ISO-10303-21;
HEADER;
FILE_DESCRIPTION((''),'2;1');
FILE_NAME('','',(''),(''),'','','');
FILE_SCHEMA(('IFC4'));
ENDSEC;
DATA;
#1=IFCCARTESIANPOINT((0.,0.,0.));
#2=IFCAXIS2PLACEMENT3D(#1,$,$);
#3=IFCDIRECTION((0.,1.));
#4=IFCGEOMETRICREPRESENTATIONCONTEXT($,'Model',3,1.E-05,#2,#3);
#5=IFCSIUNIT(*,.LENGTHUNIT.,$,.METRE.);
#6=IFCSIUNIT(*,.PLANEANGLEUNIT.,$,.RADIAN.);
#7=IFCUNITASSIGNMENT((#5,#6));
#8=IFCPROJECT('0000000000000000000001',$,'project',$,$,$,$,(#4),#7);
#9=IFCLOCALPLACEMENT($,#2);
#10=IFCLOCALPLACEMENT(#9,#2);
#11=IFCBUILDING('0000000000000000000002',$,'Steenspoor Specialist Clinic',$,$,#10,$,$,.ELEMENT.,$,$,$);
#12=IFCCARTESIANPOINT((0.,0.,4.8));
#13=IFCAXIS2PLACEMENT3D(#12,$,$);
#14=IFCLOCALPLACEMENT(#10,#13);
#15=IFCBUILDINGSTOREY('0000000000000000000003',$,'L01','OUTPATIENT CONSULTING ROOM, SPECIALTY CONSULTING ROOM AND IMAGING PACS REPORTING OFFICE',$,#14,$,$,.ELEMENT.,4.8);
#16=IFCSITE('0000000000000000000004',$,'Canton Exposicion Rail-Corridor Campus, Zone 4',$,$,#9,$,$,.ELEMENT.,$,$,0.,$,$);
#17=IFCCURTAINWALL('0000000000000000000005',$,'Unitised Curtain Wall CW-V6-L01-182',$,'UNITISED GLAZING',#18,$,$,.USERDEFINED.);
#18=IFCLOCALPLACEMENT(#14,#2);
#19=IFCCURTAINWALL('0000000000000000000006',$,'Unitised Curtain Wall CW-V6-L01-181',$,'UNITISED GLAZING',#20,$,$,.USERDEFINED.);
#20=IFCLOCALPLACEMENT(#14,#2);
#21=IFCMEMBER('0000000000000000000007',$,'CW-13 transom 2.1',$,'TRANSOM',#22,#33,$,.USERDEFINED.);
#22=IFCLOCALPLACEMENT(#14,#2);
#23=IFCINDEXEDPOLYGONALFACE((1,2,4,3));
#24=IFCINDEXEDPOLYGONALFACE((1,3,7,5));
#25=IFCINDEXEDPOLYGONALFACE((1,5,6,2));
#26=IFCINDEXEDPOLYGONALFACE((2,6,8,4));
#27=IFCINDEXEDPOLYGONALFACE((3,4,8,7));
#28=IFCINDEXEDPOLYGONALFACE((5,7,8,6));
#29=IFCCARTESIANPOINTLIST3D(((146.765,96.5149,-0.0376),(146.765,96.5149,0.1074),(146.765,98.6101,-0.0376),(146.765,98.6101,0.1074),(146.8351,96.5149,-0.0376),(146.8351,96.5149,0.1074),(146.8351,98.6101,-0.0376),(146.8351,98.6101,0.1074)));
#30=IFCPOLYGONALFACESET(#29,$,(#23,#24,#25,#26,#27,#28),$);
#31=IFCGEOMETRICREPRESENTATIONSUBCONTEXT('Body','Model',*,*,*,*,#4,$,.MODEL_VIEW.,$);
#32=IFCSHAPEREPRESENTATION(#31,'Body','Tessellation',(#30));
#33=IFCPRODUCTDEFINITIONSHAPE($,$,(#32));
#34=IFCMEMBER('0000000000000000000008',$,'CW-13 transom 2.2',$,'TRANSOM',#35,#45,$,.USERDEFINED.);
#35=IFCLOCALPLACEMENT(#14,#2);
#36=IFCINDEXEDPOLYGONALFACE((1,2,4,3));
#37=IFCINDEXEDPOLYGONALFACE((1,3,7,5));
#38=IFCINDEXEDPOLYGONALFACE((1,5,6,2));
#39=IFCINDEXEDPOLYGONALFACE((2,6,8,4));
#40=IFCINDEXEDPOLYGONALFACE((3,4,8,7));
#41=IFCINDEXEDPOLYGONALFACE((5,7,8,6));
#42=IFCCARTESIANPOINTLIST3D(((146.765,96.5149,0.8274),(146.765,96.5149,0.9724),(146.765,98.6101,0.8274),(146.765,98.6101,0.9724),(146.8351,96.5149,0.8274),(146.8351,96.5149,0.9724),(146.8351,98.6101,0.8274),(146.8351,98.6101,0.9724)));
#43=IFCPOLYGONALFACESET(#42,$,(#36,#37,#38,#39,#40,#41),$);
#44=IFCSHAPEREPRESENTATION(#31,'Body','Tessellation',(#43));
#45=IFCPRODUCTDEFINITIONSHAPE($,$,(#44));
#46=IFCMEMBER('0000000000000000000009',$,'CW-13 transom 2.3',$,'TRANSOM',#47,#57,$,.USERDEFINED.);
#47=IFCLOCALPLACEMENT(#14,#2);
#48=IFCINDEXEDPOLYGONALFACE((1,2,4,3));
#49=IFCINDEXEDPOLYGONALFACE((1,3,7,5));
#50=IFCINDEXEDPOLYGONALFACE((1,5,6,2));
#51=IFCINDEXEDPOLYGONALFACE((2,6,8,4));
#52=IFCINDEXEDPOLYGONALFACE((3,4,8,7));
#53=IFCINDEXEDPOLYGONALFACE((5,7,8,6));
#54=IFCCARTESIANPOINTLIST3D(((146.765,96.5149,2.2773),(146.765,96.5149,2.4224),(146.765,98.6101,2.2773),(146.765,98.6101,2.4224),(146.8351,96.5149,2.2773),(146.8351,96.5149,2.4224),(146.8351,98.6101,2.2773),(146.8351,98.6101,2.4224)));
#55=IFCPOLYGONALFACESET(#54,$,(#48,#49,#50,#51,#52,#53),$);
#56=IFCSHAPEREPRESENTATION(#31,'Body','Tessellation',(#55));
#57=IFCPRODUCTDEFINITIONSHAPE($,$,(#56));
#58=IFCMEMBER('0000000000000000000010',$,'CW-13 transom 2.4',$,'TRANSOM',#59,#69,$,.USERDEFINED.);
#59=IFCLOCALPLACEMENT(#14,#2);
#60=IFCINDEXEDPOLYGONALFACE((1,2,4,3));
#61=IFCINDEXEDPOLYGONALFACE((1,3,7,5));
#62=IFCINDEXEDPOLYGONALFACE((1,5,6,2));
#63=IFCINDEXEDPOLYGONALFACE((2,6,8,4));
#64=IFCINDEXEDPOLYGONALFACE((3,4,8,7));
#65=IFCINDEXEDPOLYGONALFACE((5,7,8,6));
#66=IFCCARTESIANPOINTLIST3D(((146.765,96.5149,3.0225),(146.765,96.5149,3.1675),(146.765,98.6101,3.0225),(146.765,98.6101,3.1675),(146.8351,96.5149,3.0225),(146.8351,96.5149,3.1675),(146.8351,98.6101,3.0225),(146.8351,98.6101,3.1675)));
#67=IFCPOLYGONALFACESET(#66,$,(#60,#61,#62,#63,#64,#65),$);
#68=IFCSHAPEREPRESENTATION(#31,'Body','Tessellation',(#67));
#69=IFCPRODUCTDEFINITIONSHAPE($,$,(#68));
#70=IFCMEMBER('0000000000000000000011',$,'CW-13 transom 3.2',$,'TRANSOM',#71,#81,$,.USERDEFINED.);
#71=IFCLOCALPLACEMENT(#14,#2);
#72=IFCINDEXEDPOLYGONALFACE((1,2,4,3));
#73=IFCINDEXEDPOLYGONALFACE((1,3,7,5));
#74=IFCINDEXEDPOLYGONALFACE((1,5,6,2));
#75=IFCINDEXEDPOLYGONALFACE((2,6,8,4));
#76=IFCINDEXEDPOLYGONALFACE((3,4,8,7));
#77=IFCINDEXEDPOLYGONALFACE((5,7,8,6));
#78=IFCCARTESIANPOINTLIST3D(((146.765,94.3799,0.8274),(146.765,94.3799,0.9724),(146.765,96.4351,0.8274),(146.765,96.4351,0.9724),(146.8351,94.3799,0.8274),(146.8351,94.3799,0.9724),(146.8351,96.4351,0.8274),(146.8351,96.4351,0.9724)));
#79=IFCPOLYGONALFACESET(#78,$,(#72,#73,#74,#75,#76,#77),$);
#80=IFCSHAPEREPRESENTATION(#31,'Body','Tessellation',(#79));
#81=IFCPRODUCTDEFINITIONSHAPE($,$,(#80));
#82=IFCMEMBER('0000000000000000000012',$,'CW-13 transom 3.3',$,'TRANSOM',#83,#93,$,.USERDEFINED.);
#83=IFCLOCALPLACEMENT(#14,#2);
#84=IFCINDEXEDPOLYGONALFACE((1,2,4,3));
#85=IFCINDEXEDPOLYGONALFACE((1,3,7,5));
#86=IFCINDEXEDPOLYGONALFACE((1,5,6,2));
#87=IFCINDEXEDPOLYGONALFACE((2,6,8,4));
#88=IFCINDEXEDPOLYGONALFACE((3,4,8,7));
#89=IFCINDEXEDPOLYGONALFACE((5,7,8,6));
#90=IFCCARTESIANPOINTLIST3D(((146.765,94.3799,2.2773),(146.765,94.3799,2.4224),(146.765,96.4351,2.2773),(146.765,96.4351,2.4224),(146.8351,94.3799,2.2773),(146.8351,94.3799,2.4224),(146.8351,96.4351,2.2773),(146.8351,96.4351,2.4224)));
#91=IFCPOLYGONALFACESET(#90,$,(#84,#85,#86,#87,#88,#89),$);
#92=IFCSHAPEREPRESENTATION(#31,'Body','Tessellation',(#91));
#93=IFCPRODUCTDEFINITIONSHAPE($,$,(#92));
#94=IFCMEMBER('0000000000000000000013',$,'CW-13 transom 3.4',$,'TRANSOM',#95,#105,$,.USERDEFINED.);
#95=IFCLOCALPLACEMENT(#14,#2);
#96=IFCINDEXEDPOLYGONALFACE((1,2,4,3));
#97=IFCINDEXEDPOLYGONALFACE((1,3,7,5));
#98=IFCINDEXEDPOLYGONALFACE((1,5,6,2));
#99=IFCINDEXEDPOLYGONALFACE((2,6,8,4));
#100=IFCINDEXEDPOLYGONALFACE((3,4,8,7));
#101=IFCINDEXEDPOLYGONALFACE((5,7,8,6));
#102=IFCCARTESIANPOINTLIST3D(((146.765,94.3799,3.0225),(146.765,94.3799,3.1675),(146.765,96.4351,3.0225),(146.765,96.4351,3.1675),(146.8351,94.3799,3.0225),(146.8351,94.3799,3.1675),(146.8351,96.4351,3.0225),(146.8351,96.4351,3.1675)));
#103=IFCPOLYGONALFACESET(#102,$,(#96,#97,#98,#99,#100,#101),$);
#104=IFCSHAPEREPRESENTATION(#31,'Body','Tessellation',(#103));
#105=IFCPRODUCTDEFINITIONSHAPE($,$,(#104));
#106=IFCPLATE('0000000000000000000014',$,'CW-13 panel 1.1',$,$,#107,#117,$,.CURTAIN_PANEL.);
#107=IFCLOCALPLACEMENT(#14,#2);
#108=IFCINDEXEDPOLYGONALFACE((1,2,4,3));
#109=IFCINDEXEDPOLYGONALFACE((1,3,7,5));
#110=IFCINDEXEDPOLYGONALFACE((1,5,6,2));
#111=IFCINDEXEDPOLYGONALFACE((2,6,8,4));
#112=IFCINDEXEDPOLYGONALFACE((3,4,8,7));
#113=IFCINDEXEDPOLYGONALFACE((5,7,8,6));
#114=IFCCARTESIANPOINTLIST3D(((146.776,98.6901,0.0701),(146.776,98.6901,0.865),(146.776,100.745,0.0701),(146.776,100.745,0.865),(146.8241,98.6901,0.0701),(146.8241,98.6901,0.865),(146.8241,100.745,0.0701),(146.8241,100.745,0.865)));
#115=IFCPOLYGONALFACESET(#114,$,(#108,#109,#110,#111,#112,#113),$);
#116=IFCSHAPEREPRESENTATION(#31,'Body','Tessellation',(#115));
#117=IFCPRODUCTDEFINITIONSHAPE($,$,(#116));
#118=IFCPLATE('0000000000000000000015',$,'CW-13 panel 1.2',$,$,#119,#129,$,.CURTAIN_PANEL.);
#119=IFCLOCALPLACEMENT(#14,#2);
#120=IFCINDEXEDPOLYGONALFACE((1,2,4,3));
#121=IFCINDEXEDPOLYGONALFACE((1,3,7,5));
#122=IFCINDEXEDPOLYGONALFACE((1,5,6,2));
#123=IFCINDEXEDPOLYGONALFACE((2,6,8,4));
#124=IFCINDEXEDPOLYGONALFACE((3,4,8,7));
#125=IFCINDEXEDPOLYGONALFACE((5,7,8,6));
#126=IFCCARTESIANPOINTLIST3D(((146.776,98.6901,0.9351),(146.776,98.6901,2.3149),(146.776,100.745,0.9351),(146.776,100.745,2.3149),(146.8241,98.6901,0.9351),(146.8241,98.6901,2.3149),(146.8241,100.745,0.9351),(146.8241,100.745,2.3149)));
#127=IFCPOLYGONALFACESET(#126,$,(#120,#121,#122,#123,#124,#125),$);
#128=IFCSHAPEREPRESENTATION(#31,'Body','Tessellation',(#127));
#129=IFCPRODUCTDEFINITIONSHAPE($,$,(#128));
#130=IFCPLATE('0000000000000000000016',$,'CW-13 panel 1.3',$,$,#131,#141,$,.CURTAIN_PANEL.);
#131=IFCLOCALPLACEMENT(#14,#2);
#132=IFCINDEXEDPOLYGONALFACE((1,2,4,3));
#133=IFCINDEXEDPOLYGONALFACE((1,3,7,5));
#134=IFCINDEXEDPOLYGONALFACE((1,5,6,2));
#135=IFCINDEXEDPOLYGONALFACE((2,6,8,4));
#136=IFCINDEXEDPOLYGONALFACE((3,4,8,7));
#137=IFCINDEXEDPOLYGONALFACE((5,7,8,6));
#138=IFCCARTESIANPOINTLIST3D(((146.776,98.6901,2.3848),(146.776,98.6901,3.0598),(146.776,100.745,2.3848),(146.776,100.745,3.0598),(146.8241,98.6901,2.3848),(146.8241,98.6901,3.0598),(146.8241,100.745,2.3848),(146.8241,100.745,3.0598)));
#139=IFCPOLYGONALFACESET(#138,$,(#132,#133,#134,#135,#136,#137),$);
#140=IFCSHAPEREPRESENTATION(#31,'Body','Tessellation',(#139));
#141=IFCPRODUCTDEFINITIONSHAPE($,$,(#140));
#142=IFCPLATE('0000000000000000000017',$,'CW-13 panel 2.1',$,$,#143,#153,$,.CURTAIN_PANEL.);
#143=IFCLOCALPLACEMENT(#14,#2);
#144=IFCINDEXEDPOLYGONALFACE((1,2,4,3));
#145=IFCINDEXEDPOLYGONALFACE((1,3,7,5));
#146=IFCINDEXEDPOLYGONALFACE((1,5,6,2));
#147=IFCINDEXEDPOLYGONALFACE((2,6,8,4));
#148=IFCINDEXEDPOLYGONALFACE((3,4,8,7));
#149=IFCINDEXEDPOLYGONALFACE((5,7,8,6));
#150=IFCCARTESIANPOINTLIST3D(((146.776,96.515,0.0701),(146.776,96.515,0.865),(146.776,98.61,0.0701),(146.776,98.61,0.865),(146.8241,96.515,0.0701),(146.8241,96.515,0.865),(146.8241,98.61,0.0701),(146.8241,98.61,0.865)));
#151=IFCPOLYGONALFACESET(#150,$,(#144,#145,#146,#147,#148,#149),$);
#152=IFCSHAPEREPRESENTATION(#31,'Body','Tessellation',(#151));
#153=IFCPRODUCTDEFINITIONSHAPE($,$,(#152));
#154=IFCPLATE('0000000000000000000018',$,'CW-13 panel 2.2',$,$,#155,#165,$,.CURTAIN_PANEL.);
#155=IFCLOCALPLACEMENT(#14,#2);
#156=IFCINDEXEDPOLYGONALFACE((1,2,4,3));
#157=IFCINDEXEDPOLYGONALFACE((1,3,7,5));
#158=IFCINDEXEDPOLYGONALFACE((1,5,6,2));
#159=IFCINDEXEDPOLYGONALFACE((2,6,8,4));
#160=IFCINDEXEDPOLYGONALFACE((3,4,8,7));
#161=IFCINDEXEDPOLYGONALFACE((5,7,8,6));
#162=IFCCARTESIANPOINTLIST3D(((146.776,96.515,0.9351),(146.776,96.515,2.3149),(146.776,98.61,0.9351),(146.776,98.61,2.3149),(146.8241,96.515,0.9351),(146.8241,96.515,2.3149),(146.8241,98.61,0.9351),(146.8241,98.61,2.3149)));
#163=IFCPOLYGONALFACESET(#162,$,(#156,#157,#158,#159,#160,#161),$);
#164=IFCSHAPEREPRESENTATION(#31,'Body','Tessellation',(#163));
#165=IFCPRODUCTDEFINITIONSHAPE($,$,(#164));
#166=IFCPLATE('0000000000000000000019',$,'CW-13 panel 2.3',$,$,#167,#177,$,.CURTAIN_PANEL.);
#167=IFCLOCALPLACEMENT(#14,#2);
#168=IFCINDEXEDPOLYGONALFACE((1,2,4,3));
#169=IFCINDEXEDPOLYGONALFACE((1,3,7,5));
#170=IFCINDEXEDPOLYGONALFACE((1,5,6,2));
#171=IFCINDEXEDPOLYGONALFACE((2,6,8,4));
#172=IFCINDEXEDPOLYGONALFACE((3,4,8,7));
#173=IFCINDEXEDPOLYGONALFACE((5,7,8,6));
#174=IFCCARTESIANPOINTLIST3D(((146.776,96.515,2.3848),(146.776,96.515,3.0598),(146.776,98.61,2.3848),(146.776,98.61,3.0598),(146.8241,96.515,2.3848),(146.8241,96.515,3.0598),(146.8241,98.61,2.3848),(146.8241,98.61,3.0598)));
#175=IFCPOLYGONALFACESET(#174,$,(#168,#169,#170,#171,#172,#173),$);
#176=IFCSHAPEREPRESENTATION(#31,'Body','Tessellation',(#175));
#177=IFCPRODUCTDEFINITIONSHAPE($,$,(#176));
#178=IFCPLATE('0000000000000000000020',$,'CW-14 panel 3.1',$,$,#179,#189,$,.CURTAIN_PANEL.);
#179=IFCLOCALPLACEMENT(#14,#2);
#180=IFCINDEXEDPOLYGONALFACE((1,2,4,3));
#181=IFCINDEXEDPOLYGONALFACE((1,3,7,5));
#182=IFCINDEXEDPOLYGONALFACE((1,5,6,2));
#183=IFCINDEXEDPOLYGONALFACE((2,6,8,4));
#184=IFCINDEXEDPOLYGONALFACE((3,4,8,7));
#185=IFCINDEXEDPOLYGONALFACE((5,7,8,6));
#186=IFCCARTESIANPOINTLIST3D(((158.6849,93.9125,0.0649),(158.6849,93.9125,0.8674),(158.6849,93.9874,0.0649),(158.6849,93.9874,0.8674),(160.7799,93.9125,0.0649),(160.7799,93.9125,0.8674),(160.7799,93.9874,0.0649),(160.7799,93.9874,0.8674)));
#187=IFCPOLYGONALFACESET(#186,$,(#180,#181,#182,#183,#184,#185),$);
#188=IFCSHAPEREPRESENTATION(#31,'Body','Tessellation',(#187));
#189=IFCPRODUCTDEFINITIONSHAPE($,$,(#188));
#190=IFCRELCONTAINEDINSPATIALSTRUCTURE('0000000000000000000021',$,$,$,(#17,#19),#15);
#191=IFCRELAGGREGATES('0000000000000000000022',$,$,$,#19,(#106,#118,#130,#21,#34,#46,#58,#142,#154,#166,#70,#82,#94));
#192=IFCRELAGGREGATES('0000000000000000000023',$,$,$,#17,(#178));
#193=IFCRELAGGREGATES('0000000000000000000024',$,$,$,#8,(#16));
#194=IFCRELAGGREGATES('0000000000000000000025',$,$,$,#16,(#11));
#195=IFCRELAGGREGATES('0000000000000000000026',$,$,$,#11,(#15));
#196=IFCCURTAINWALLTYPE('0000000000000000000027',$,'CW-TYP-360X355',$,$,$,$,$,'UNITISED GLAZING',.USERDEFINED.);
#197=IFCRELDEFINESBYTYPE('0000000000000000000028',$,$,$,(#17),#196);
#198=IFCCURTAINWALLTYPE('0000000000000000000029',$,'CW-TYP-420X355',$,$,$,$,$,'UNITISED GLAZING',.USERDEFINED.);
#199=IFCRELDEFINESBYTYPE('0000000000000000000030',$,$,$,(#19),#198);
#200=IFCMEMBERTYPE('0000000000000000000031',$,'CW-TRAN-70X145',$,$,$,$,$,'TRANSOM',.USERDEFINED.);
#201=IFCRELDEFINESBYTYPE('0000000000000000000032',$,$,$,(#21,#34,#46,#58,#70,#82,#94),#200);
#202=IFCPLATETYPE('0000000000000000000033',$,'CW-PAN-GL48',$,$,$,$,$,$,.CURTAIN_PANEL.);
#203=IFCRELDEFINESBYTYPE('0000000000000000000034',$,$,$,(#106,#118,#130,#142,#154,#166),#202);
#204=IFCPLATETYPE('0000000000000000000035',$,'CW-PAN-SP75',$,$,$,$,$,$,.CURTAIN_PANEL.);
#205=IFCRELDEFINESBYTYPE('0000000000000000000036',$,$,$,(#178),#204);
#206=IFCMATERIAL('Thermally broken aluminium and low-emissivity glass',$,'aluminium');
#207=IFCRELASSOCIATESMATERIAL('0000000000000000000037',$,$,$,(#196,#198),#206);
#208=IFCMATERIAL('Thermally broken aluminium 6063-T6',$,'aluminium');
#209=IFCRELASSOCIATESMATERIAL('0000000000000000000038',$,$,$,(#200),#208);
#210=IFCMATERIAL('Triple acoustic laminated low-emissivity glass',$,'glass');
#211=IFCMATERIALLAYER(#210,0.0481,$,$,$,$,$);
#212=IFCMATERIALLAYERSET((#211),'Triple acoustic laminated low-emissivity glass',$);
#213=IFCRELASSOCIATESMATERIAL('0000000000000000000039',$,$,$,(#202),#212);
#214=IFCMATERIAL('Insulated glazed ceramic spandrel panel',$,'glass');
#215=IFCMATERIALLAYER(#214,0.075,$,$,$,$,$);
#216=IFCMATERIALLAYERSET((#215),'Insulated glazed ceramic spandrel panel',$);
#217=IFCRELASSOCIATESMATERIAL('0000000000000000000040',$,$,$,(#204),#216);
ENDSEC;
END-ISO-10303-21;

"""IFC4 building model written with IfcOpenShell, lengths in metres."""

from ifc_helpers import new_model, si_unit, direction, frame, origin, origin_2d, place, context, subcontext, project, spatial, rectangle, extrude, material, layer, layer_set, material_profile, profile_set, type_object, element, aggregate, save


model = new_model("IFC4")

# Units and contexts
model_context = context("Model", 3, precision=1e-05, world=origin(), true_north=direction((0.0, 1.0)))
body_context = subcontext(model_context, "Body", "Model", "MODEL_VIEW")
ifc_project = project(units=[si_unit("LENGTHUNIT", "METRE"), si_unit("PLANEANGLEUNIT", "RADIAN")], contexts=[model_context])

# Site, building, storey
site_placement = place(None, origin())
site = spatial("IfcSite", under=ifc_project, at=site_placement, Name="Canton Exposicion Rail-Corridor Campus, Zone 4", CompositionType="ELEMENT", RefElevation=0.0)
building_placement = place(site_placement, origin())
building = spatial("IfcBuilding", under=site, at=building_placement, Name="Steenspoor Specialist Clinic", CompositionType="ELEMENT")
storey_placement = place(building_placement, frame((0.0, 0.0, 4.8)))
storey = spatial("IfcBuildingStorey", under=building, at=storey_placement, Name="L01", Description="OUTPATIENT CONSULTING ROOM, SPECIALTY CONSULTING ROOM AND IMAGING PACS REPORTING OFFICE", CompositionType="ELEMENT", Elevation=4.8)

# Curtain wall
ifc_material_1 = material(Name="Thermally broken aluminium and low-emissivity glass", Category="aluminium")
curtain_wall_type_1 = type_object("IfcCurtainWallType", Name="CW-TYP-360X355", ElementType="UNITISED GLAZING", PredefinedType="USERDEFINED", material=ifc_material_1)
curtain_wall_1_placement = place(storey_placement, origin())
curtain_wall_1 = element("IfcCurtainWall", 1, at=curtain_wall_1_placement, inside=storey, type_object=curtain_wall_type_1, Name="Unitised Curtain Wall CW-V6-L01-182", ObjectType="UNITISED GLAZING", PredefinedType="USERDEFINED")
ifc_material_2 = material(Name="Thermally broken aluminium 6063-T6", Category="aluminium")

# Curtain wall
curtain_wall_type_2 = type_object("IfcCurtainWallType", Name="CW-TYP-420X355", ElementType="UNITISED GLAZING", PredefinedType="USERDEFINED", material=ifc_material_1)
curtain_wall_2_placement = place(storey_placement, origin())
curtain_wall_2 = element("IfcCurtainWall", 2, at=curtain_wall_2_placement, inside=storey, type_object=curtain_wall_type_2, Name="Unitised Curtain Wall CW-V6-L01-181", ObjectType="UNITISED GLAZING", PredefinedType="USERDEFINED")

# Members
ifc_material_profile_1 = material_profile(ifc_material_2, rectangle(XDim=0.0701, YDim=0.145, at=origin_2d()), Name="CWT-70X145")
ifc_profile_set_1 = profile_set([ifc_material_profile_1], Name="Thermally broken aluminium 6063-T6")
member_type_1 = type_object("IfcMemberType", Name="CW-TRAN-70X145", ElementType="TRANSOM", PredefinedType="USERDEFINED", material=ifc_profile_set_1)
member_1_placement = place(storey_placement, frame((146.8, 98.6101, 0.0349), z_axis=(0.0, -1.0, 0.0), x_axis=(1.0, 0.0, 0.0)))
member_1 = element("IfcMember", 3, at=member_1_placement, type_object=member_type_1, Name="CW-13 transom 2.1", ObjectType="TRANSOM", PredefinedType="USERDEFINED", context=body_context, shape_type="SweptSolid", body=[
    extrude(rectangle(XDim=0.0701, YDim=0.145, at=origin_2d()), origin(), (0.0, 0.0, 1.0), 2.0952),
])
member_2_placement = place(storey_placement, frame((146.8, 98.6101, 0.8999), z_axis=(0.0, -1.0, 0.0), x_axis=(1.0, 0.0, 0.0)))
member_2 = element("IfcMember", 4, at=member_2_placement, type_object=member_type_1, Name="CW-13 transom 2.2", ObjectType="TRANSOM", PredefinedType="USERDEFINED", context=body_context, shape_type="SweptSolid", body=[
    extrude(rectangle(XDim=0.0701, YDim=0.145, at=origin_2d()), origin(), (0.0, 0.0, 1.0), 2.0952),
])
member_3_placement = place(storey_placement, frame((146.8, 98.6101, 2.3499), z_axis=(0.0, -1.0, 0.0), x_axis=(1.0, 0.0, 0.0)))
member_3 = element("IfcMember", 5, at=member_3_placement, type_object=member_type_1, Name="CW-13 transom 2.3", ObjectType="TRANSOM", PredefinedType="USERDEFINED", context=body_context, shape_type="SweptSolid", body=[
    extrude(rectangle(XDim=0.0701, YDim=0.145, at=origin_2d()), origin(), (0.0, 0.0, 1.0), 2.0952),
])
member_4_placement = place(storey_placement, frame((146.8, 98.6101, 3.095), z_axis=(0.0, -1.0, 0.0), x_axis=(1.0, 0.0, 0.0)))
member_4 = element("IfcMember", 6, at=member_4_placement, type_object=member_type_1, Name="CW-13 transom 2.4", ObjectType="TRANSOM", PredefinedType="USERDEFINED", context=body_context, shape_type="SweptSolid", body=[
    extrude(rectangle(XDim=0.0701, YDim=0.145, at=origin_2d()), origin(), (0.0, 0.0, 1.0), 2.0952),
])
member_5_placement = place(storey_placement, frame((146.8, 96.4351, 0.8999), z_axis=(0.0, -1.0, 0.0), x_axis=(1.0, 0.0, 0.0)))
member_5 = element("IfcMember", 7, at=member_5_placement, type_object=member_type_1, Name="CW-13 transom 3.2", ObjectType="TRANSOM", PredefinedType="USERDEFINED", context=body_context, shape_type="SweptSolid", body=[
    extrude(rectangle(XDim=0.0701, YDim=0.145, at=origin_2d()), origin(), (0.0, 0.0, 1.0), 2.0552),
])
member_6_placement = place(storey_placement, frame((146.8, 96.4351, 2.3499), z_axis=(0.0, -1.0, 0.0), x_axis=(1.0, 0.0, 0.0)))
member_6 = element("IfcMember", 8, at=member_6_placement, type_object=member_type_1, Name="CW-13 transom 3.3", ObjectType="TRANSOM", PredefinedType="USERDEFINED", context=body_context, shape_type="SweptSolid", body=[
    extrude(rectangle(XDim=0.0701, YDim=0.145, at=origin_2d()), origin(), (0.0, 0.0, 1.0), 2.0552),
])
member_7_placement = place(storey_placement, frame((146.8, 96.4351, 3.095), z_axis=(0.0, -1.0, 0.0), x_axis=(1.0, 0.0, 0.0)))
member_7 = element("IfcMember", 9, at=member_7_placement, type_object=member_type_1, Name="CW-13 transom 3.4", ObjectType="TRANSOM", PredefinedType="USERDEFINED", context=body_context, shape_type="SweptSolid", body=[
    extrude(rectangle(XDim=0.0701, YDim=0.145, at=origin_2d()), origin(), (0.0, 0.0, 1.0), 2.0552),
])

# Plates
ifc_material_3 = material(Name="Triple acoustic laminated low-emissivity glass", Category="glass")
ifc_layer_1 = layer(ifc_material_3, 0.0481)
ifc_layer_set_1 = layer_set([ifc_layer_1], Name="Triple acoustic laminated low-emissivity glass")
plate_type_1 = type_object("IfcPlateType", Name="CW-PAN-GL48", PredefinedType="CURTAIN_PANEL", material=ifc_layer_set_1)
plate_1_placement = place(storey_placement, frame((146.8, 99.7175, 0.0701), z_axis=(0.0, 0.0, 1.0), x_axis=(0.0, -1.0, 0.0)))
plate_1 = element("IfcPlate", 10, at=plate_1_placement, type_object=plate_type_1, Name="CW-13 panel 1.1", PredefinedType="CURTAIN_PANEL", context=body_context, shape_type="SweptSolid", body=[
    extrude(rectangle(XDim=2.0549, YDim=0.0481, at=origin_2d()), origin(), (0.0, 0.0, 1.0), 0.7949),
])
plate_2_placement = place(storey_placement, frame((146.8, 99.7175, 0.9351), z_axis=(0.0, 0.0, 1.0), x_axis=(0.0, -1.0, 0.0)))
plate_2 = element("IfcPlate", 11, at=plate_2_placement, type_object=plate_type_1, Name="CW-13 panel 1.2", PredefinedType="CURTAIN_PANEL", context=body_context, shape_type="SweptSolid", body=[
    extrude(rectangle(XDim=2.0549, YDim=0.0481, at=origin_2d()), origin(), (0.0, 0.0, 1.0), 1.3799),
])
plate_3_placement = place(storey_placement, frame((146.8, 99.7175, 2.3848), z_axis=(0.0, 0.0, 1.0), x_axis=(0.0, -1.0, 0.0)))
plate_3 = element("IfcPlate", 12, at=plate_3_placement, type_object=plate_type_1, Name="CW-13 panel 1.3", PredefinedType="CURTAIN_PANEL", context=body_context, shape_type="SweptSolid", body=[
    extrude(rectangle(XDim=2.0549, YDim=0.0481, at=origin_2d()), origin(), (0.0, 0.0, 1.0), 0.675),
])
plate_4_placement = place(storey_placement, frame((146.8, 97.5625, 0.0701), z_axis=(0.0, 0.0, 1.0), x_axis=(0.0, -1.0, 0.0)))
plate_4 = element("IfcPlate", 13, at=plate_4_placement, type_object=plate_type_1, Name="CW-13 panel 2.1", PredefinedType="CURTAIN_PANEL", context=body_context, shape_type="SweptSolid", body=[
    extrude(rectangle(XDim=2.095, YDim=0.0481, at=origin_2d()), origin(), (0.0, 0.0, 1.0), 0.7949),
])
plate_5_placement = place(storey_placement, frame((146.8, 97.5625, 0.9351), z_axis=(0.0, 0.0, 1.0), x_axis=(0.0, -1.0, 0.0)))
plate_5 = element("IfcPlate", 14, at=plate_5_placement, type_object=plate_type_1, Name="CW-13 panel 2.2", PredefinedType="CURTAIN_PANEL", context=body_context, shape_type="SweptSolid", body=[
    extrude(rectangle(XDim=2.095, YDim=0.0481, at=origin_2d()), origin(), (0.0, 0.0, 1.0), 1.3799),
])
plate_6_placement = place(storey_placement, frame((146.8, 97.5625, 2.3848), z_axis=(0.0, 0.0, 1.0), x_axis=(0.0, -1.0, 0.0)))
plate_6 = element("IfcPlate", 15, at=plate_6_placement, type_object=plate_type_1, Name="CW-13 panel 2.3", PredefinedType="CURTAIN_PANEL", context=body_context, shape_type="SweptSolid", body=[
    extrude(rectangle(XDim=2.095, YDim=0.0481, at=origin_2d()), origin(), (0.0, 0.0, 1.0), 0.675),
])
aggregate(curtain_wall_2, [plate_1, plate_2, plate_3, member_1, member_2, member_3, member_4, plate_4, plate_5, plate_6, member_5, member_6, member_7])
ifc_material_4 = material(Name="Insulated glazed ceramic spandrel panel", Category="glass")
ifc_layer_2 = layer(ifc_material_4, 0.075)
ifc_layer_set_2 = layer_set([ifc_layer_2], Name="Insulated glazed ceramic spandrel panel")
plate_type_2 = type_object("IfcPlateType", Name="CW-PAN-SP75", PredefinedType="CURTAIN_PANEL", material=ifc_layer_set_2)
plate_7_placement = place(storey_placement, frame((159.7324, 93.95, 0.0649), z_axis=(0.0, 0.0, 1.0), x_axis=(1.0, 0.0, 0.0)))
plate_7 = element("IfcPlate", 16, at=plate_7_placement, type_object=plate_type_2, Name="CW-14 panel 3.1", PredefinedType="CURTAIN_PANEL", context=body_context, shape_type="SweptSolid", body=[
    extrude(rectangle(XDim=2.095, YDim=0.075, at=origin_2d()), origin(), (0.0, 0.0, 1.0), 0.8025),
])
aggregate(curtain_wall_1, [plate_7])

save(model, "model.ifc")
